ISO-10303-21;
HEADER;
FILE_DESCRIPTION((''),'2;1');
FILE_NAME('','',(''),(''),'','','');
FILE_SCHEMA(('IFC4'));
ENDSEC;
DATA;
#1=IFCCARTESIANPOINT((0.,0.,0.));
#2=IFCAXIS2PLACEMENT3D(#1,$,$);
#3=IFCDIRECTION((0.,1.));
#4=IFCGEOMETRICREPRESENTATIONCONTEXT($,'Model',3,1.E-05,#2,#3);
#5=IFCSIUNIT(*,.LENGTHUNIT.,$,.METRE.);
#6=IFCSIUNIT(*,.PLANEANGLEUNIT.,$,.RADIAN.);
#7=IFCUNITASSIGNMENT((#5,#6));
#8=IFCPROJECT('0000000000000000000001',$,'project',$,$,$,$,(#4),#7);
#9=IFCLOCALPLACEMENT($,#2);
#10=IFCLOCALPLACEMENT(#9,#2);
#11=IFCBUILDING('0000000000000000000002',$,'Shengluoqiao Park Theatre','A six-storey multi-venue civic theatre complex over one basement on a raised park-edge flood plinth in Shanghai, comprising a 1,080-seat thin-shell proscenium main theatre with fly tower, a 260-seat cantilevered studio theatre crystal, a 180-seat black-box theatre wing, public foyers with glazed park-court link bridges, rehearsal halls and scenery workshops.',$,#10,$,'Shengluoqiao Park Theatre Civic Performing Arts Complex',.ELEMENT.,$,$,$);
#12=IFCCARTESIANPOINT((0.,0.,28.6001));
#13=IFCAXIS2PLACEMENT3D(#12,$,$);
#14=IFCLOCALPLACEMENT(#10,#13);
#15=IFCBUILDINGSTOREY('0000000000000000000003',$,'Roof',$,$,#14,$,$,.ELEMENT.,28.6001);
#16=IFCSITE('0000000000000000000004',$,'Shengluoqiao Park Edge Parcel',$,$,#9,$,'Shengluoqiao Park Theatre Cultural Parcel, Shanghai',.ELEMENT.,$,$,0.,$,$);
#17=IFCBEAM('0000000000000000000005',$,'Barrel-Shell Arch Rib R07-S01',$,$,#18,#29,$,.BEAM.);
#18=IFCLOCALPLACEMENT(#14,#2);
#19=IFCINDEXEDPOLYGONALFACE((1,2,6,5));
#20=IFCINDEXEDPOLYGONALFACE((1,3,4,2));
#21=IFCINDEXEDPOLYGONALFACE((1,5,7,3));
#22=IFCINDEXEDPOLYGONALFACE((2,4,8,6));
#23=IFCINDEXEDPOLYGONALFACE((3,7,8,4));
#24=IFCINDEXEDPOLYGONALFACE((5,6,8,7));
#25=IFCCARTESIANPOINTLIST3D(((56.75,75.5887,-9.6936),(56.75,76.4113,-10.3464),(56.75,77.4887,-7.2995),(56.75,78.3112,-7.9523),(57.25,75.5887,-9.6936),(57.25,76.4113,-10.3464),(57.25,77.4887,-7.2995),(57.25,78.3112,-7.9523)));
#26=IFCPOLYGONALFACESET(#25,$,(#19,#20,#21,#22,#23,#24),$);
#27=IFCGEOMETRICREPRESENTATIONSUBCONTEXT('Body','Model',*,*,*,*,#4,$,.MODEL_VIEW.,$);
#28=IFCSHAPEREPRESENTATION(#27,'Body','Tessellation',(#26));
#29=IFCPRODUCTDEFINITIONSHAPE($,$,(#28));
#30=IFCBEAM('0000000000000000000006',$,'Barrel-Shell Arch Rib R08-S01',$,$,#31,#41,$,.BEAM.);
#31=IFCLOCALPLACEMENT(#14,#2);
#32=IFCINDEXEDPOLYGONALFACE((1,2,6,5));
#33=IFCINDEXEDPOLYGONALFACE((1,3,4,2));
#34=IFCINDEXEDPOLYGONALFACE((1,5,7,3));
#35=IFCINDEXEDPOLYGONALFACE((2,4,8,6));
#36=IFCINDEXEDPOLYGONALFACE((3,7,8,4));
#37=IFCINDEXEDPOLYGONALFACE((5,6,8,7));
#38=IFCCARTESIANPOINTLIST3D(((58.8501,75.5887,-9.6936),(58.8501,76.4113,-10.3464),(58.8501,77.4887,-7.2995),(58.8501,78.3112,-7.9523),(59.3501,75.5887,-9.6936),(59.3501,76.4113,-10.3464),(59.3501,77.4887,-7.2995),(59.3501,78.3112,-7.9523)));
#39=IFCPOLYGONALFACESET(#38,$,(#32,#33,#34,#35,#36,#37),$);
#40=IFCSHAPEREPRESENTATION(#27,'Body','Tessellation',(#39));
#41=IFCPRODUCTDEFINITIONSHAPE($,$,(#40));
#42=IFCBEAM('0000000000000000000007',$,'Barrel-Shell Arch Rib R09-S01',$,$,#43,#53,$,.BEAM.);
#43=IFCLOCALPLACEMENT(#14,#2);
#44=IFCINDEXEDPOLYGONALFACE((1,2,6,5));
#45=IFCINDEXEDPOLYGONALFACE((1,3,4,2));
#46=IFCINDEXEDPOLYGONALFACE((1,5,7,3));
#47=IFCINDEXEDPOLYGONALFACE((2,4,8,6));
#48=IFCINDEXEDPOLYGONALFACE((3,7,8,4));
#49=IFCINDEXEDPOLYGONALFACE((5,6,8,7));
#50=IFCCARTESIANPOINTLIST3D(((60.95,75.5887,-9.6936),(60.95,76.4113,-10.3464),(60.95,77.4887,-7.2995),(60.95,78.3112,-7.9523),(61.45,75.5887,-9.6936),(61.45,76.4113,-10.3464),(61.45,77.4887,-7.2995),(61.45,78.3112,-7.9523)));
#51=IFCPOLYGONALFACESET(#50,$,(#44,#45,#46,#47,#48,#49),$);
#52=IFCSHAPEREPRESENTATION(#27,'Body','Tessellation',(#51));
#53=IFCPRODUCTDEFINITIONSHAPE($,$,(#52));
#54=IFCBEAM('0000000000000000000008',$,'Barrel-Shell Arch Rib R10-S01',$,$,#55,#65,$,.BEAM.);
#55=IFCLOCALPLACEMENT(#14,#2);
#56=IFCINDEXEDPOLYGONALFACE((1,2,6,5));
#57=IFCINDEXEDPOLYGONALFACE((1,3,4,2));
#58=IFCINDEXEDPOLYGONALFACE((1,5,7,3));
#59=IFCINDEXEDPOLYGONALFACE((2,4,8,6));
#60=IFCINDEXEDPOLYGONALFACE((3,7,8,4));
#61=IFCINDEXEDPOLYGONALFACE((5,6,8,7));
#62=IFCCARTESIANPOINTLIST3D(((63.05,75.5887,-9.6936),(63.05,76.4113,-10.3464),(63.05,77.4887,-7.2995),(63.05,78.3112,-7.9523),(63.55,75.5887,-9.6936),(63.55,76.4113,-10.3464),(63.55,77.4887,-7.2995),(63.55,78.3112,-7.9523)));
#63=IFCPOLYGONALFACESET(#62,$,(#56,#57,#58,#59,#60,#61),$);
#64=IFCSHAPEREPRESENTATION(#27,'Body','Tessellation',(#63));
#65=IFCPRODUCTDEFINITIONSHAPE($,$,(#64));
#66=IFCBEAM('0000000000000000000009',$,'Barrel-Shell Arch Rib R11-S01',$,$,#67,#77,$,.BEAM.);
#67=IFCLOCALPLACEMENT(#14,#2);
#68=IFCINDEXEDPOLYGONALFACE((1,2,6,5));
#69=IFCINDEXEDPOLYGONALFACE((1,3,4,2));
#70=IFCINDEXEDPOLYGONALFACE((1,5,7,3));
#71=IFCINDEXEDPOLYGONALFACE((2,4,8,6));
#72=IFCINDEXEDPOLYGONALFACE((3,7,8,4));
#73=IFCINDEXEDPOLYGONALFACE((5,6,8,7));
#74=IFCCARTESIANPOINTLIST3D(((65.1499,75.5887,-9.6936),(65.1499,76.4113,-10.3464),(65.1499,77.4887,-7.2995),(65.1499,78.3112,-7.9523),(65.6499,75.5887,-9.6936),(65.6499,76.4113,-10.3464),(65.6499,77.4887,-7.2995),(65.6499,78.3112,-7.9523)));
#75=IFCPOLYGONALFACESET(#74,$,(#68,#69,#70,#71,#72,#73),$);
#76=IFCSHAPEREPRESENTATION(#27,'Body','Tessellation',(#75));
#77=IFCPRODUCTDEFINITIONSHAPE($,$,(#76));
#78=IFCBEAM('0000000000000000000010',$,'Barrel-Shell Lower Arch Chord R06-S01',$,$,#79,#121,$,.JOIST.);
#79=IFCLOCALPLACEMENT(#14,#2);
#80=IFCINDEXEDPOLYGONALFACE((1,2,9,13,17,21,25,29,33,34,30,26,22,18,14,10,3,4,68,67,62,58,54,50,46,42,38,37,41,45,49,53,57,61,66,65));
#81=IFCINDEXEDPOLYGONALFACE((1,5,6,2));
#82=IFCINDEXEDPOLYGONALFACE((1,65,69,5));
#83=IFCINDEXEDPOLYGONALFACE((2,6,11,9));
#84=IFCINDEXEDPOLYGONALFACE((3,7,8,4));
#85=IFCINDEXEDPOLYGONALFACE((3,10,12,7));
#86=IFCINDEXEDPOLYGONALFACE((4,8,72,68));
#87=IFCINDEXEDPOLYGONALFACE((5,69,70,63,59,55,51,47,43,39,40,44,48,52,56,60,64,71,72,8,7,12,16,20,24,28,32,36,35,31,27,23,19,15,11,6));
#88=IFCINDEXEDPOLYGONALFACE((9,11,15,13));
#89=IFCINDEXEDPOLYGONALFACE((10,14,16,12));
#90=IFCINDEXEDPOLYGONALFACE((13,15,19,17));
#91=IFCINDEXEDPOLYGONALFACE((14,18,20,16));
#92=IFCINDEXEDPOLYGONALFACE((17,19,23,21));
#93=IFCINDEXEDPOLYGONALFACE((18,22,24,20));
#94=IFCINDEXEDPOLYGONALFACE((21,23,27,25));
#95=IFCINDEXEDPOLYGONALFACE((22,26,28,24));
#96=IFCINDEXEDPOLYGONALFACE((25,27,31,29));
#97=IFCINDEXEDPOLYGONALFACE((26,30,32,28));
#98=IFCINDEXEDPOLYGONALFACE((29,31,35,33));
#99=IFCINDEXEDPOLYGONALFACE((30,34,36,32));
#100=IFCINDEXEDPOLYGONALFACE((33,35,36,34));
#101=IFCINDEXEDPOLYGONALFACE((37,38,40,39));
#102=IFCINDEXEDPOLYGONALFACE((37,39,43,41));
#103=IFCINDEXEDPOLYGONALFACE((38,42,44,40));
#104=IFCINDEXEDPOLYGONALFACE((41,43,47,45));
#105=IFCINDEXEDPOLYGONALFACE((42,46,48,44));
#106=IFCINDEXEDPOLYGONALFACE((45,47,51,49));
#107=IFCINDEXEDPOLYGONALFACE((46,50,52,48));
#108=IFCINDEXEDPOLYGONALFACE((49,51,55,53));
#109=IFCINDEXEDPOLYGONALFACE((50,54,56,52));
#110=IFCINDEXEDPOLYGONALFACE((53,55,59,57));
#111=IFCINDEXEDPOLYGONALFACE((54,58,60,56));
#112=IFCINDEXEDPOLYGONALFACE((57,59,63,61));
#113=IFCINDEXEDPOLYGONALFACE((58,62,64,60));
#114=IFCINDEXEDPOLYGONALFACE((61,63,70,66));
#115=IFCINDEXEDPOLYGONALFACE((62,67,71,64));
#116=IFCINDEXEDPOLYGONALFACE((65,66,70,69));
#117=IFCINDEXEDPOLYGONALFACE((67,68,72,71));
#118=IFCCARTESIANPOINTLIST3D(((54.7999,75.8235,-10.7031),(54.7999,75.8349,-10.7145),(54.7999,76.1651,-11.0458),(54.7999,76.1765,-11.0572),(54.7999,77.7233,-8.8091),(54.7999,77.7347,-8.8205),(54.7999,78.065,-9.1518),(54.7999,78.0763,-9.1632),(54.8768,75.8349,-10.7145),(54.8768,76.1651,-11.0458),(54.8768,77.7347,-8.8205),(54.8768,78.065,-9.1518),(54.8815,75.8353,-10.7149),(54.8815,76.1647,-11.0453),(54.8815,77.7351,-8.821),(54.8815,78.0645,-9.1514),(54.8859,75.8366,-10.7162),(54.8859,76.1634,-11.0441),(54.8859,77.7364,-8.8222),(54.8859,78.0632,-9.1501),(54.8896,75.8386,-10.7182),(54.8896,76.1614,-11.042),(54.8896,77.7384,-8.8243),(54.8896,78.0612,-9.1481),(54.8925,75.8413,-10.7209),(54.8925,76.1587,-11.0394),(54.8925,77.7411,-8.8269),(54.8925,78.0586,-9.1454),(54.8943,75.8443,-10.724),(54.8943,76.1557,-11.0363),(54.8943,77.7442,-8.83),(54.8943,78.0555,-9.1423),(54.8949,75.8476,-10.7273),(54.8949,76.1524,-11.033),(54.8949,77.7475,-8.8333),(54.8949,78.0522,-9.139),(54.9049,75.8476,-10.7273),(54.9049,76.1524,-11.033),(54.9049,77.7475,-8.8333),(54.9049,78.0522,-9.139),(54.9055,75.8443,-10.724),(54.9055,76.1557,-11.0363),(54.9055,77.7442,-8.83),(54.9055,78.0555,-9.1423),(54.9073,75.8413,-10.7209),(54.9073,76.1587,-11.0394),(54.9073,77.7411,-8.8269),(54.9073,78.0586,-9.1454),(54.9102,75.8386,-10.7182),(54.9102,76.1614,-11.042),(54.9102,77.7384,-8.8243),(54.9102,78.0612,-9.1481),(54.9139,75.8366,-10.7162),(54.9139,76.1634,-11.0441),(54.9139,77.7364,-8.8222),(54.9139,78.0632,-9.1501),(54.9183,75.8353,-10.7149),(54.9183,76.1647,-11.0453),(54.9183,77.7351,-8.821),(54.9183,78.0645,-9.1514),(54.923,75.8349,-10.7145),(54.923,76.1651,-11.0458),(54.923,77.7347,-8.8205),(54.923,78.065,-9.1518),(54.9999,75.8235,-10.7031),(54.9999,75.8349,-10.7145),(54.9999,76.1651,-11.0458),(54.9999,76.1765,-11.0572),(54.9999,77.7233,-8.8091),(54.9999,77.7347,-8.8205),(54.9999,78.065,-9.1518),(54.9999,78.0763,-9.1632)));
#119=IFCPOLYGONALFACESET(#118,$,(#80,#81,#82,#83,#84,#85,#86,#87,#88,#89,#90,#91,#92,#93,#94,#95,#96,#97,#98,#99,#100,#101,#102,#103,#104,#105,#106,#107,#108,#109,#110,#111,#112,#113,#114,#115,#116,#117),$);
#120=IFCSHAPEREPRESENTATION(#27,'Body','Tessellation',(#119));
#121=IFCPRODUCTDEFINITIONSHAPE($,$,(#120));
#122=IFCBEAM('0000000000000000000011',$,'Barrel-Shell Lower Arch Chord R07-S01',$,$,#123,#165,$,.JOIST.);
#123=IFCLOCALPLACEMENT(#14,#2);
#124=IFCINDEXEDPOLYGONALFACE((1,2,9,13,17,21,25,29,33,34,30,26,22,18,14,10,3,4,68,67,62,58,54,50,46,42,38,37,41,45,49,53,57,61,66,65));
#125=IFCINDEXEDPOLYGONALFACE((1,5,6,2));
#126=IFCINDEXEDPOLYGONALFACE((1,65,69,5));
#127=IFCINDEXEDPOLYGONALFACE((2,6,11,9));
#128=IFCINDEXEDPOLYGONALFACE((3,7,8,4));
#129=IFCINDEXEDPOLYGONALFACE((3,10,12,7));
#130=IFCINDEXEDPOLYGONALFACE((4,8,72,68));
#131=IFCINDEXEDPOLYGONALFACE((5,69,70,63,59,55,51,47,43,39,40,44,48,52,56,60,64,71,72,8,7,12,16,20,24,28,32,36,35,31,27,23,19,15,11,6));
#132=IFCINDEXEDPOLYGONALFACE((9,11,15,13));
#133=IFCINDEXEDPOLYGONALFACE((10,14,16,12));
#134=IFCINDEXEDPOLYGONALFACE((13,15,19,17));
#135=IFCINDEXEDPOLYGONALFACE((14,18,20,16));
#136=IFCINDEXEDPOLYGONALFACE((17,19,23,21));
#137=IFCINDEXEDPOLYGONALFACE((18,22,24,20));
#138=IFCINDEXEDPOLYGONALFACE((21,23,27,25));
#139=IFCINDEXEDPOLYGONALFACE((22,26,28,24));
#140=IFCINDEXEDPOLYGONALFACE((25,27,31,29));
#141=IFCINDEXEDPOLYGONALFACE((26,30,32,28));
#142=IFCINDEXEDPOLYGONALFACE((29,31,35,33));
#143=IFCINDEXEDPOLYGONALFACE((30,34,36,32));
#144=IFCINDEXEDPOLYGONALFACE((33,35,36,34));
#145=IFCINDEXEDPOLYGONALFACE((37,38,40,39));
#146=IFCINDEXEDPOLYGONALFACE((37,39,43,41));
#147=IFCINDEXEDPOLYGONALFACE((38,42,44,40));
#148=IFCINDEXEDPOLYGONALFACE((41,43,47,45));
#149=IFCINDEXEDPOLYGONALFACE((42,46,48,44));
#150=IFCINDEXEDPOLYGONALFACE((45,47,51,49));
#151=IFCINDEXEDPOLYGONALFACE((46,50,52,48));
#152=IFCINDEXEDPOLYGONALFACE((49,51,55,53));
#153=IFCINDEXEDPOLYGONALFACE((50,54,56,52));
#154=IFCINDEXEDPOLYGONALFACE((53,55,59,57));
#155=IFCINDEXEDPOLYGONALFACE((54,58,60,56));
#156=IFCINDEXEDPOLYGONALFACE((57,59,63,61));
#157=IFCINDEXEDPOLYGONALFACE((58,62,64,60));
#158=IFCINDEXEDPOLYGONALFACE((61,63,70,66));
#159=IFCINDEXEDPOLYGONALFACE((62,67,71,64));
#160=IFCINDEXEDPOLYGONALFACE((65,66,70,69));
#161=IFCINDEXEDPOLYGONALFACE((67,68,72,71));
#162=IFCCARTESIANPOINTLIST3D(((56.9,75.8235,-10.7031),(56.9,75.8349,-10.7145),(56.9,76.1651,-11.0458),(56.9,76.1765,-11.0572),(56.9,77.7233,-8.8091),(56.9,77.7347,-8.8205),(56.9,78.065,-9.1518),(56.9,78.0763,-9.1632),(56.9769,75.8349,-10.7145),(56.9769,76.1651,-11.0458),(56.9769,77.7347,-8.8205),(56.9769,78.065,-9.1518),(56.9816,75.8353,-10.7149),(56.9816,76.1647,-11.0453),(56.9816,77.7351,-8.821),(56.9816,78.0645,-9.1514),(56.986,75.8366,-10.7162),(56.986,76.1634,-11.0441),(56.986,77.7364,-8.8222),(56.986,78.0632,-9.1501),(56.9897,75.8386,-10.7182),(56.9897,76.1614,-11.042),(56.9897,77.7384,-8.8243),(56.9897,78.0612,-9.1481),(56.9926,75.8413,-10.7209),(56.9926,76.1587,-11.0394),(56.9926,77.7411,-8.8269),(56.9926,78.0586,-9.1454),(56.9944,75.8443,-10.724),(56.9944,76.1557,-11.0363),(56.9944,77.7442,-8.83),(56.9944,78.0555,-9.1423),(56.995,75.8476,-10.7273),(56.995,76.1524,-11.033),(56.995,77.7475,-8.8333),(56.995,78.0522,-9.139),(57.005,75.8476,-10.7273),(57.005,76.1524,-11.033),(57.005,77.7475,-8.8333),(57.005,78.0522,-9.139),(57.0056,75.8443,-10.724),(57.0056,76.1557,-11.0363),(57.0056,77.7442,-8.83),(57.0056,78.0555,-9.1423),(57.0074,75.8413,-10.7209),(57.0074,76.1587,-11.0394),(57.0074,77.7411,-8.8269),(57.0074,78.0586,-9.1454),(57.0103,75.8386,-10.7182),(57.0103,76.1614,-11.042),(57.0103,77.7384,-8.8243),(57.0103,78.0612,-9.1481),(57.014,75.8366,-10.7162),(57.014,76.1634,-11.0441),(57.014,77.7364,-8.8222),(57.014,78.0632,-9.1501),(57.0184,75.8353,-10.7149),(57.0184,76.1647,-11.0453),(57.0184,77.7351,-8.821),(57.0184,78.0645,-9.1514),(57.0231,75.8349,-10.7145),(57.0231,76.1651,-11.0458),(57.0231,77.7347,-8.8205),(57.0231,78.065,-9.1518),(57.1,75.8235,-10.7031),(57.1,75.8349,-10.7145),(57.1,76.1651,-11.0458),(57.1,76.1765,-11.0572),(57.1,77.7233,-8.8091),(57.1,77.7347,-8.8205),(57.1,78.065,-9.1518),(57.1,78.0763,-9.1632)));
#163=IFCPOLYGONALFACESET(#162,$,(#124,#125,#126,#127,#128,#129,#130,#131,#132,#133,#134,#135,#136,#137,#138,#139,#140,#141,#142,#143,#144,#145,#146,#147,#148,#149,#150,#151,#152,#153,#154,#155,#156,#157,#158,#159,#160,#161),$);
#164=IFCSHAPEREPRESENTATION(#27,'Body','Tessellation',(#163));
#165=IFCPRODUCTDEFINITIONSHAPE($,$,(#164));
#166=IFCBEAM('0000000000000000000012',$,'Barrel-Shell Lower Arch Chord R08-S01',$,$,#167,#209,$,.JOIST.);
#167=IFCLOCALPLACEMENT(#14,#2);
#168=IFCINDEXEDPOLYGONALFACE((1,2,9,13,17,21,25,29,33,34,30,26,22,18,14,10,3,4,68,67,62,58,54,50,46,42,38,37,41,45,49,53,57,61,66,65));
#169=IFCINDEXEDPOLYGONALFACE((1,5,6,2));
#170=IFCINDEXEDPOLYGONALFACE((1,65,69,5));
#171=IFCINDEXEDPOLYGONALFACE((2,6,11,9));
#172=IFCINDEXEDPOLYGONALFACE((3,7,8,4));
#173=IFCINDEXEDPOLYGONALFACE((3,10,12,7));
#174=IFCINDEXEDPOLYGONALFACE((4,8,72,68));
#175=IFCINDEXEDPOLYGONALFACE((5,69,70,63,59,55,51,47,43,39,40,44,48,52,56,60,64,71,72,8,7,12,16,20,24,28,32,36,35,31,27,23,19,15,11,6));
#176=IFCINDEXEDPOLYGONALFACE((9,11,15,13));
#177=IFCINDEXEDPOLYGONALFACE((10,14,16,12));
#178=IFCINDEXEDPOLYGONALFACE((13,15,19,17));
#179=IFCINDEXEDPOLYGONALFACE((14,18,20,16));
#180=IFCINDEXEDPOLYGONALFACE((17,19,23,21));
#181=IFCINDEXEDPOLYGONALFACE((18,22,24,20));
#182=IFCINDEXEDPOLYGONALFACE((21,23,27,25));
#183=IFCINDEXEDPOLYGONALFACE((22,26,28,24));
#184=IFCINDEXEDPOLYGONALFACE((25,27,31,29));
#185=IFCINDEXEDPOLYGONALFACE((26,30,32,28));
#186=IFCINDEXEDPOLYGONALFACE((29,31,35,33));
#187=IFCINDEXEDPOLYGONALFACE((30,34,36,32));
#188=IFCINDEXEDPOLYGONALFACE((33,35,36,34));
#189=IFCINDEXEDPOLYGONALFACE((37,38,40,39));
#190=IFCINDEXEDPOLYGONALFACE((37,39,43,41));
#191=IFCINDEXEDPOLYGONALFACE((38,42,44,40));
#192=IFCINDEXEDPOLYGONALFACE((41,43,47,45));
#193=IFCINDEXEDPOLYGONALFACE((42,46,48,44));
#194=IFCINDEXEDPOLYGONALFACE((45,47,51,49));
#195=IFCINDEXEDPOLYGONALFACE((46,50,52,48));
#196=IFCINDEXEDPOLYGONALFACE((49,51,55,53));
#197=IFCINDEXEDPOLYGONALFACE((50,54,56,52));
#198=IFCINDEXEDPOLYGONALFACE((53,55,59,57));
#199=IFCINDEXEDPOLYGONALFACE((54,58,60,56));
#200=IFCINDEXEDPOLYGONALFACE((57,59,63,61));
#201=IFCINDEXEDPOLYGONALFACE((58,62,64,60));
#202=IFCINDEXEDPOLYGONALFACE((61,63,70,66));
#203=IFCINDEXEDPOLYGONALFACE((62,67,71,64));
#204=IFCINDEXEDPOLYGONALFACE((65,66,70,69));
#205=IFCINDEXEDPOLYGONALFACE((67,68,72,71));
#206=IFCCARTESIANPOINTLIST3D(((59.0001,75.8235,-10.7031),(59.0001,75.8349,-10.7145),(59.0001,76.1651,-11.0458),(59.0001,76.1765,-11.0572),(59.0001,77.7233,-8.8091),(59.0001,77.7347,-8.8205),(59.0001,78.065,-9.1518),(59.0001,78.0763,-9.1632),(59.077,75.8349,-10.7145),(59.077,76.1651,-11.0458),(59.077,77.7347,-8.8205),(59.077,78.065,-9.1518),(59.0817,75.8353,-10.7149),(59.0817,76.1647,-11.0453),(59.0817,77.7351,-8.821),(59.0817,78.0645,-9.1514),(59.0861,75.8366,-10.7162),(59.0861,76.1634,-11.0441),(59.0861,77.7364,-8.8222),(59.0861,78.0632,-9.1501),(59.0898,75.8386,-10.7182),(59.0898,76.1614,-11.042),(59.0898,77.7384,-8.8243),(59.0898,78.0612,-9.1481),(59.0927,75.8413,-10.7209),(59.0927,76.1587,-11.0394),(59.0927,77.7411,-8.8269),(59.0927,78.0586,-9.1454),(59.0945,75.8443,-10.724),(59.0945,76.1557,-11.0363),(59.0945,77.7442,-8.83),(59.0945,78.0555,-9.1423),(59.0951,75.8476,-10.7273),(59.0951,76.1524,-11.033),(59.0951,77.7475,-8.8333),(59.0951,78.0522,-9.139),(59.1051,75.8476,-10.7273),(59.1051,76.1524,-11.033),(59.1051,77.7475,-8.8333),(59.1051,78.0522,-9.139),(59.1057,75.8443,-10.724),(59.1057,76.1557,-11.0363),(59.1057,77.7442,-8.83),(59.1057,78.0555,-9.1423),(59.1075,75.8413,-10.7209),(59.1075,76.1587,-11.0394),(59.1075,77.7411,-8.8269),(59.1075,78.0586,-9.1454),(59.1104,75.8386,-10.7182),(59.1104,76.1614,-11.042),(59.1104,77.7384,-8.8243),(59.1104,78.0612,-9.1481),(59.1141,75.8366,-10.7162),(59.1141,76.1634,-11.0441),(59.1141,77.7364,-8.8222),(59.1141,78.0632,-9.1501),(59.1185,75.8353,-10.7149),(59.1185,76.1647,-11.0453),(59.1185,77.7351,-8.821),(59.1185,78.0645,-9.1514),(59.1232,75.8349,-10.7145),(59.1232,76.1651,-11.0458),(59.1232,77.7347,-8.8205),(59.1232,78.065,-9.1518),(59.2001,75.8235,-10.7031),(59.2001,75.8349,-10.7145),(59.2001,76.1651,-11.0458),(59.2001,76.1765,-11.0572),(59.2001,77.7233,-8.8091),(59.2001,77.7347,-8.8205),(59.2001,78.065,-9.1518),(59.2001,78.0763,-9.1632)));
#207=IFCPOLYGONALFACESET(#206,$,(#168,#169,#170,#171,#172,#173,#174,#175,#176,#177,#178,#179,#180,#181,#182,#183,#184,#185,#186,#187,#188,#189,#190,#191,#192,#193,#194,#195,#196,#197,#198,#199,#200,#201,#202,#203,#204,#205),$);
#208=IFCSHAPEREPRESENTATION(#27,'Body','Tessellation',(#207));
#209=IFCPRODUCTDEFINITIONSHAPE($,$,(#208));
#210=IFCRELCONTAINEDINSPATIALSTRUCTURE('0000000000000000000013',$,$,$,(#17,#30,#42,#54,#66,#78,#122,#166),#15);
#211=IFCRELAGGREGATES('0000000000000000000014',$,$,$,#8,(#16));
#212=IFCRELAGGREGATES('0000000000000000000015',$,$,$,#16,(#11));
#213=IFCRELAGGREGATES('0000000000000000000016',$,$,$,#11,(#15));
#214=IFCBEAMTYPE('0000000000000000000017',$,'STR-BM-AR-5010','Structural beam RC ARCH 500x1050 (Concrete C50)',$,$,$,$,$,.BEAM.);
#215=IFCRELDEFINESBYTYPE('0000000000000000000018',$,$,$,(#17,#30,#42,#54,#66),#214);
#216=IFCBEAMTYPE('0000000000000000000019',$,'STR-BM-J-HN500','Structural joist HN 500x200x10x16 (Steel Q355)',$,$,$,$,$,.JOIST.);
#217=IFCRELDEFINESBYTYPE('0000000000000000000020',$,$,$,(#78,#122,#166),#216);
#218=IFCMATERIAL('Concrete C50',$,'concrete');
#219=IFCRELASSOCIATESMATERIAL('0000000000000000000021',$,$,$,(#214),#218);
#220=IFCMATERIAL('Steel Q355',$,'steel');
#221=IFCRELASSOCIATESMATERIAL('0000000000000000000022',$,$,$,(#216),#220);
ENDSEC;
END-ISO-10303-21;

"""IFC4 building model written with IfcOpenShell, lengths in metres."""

from ifc_helpers import new_model, si_unit, direction, frame, origin, origin_2d, place, context, subcontext, project, spatial, rectangle, i_section, extrude, material, material_profile, profile_set, type_object, element, save


model = new_model("IFC4")

# Units and contexts
model_context = context("Model", 3, precision=1e-05, world=origin(), true_north=direction((0.0, 1.0)))
body_context = subcontext(model_context, "Body", "Model", "MODEL_VIEW")
ifc_project = project(units=[si_unit("LENGTHUNIT", "METRE"), si_unit("PLANEANGLEUNIT", "RADIAN")], contexts=[model_context])

# Site, building, storey
site_placement = place(None, origin())
site = spatial("IfcSite", under=ifc_project, at=site_placement, Name="Shengluoqiao Park Edge Parcel", LongName="Shengluoqiao Park Theatre Cultural Parcel, Shanghai", CompositionType="ELEMENT", RefElevation=0.0)
building_placement = place(site_placement, origin())
building = spatial("IfcBuilding", under=site, at=building_placement, Name="Shengluoqiao Park Theatre", Description="A six-storey multi-venue civic theatre complex over one basement on a raised park-edge flood plinth in Shanghai, comprising a 1,080-seat thin-shell proscenium main theatre with fly tower, a 260-seat cantilevered studio theatre crystal, a 180-seat black-box theatre wing, public foyers with glazed park-court link bridges, rehearsal halls and scenery workshops.", LongName="Shengluoqiao Park Theatre Civic Performing Arts Complex", CompositionType="ELEMENT")
storey_placement = place(building_placement, frame((0.0, 0.0, 28.6001)))
storey = spatial("IfcBuildingStorey", under=building, at=storey_placement, Name="Roof", CompositionType="ELEMENT", Elevation=28.6001)

# Beams
ifc_material_1 = material(Name="Concrete C50", Category="concrete")
ifc_material_profile_1 = material_profile(ifc_material_1, rectangle(XDim=0.5, YDim=1.05, at=origin_2d()), Name="RC ARCH 500x1050")
ifc_profile_set_1 = profile_set([ifc_material_profile_1], Name="Concrete C50")
beam_type_1 = type_object("IfcBeamType", Name="STR-BM-AR-5010", Description="Structural beam RC ARCH 500x1050 (Concrete C50)", PredefinedType="BEAM", material=ifc_profile_set_1)
for number, where, z_axis, x_axis, name in (
    (1, (57.0, 76.0, -10.02), (0.0, 0.621631, 0.78331), (-1.0, 0.0, 0.0), "Barrel-Shell Arch Rib R07-S01"),
    (2, (59.1001, 76.0, -10.02), (0.0, 0.621631, 0.78331), (-1.0, 0.0, 0.0), "Barrel-Shell Arch Rib R08-S01"),
    (3, (61.2, 76.0, -10.02), (0.0, 0.621631, 0.78331), (-1.0, 0.0, 0.0), "Barrel-Shell Arch Rib R09-S01"),
    (4, (63.3, 76.0, -10.02), (0.0, 0.621631, 0.78331), (-1.0, 0.0, 0.0), "Barrel-Shell Arch Rib R10-S01"),
    (5, (65.3999, 76.0, -10.02), (0.0, 0.621631, 0.78331), (-1.0, 0.0, 0.0), "Barrel-Shell Arch Rib R11-S01"),
):
    element("IfcBeam", number, at=place(storey_placement, frame(where, z_axis=z_axis, x_axis=x_axis)), inside=storey, type_object=beam_type_1, Name=name, PredefinedType="BEAM", context=body_context, shape_type="SweptSolid", body=[
        extrude(rectangle(XDim=0.5, YDim=1.05, at=origin_2d()), origin(), (0.0, 0.0, 1.0), 3.0564),
    ])
ifc_material_2 = material(Name="Steel Q355", Category="steel")
ifc_material_profile_2 = material_profile(ifc_material_2, i_section(OverallWidth=0.2, OverallDepth=0.5, WebThickness=0.01, FlangeThickness=0.0161, FilletRadius=0.0181, at=origin_2d()), Name="HN 500x200x10x16")
ifc_profile_set_2 = profile_set([ifc_material_profile_2], Name="Steel Q355")
beam_type_2 = type_object("IfcBeamType", Name="STR-BM-J-HN500", Description="Structural joist HN 500x200x10x16 (Steel Q355)", PredefinedType="JOIST", material=ifc_profile_set_2)
for number, where, z_axis, x_axis, name in (
    (6, (54.8999, 76.0, -10.8801), (0.0, 0.708198, 0.706014), (-1.0, 0.0, 0.0), "Barrel-Shell Lower Arch Chord R06-S01"),
    (7, (57.0, 76.0, -10.8801), (0.0, 0.708198, 0.706014), (-1.0, 0.0, 0.0), "Barrel-Shell Lower Arch Chord R07-S01"),
    (8, (59.1001, 76.0, -10.8801), (0.0, 0.708198, 0.706014), (-1.0, 0.0, 0.0), "Barrel-Shell Lower Arch Chord R08-S01"),
):
    element("IfcBeam", number, at=place(storey_placement, frame(where, z_axis=z_axis, x_axis=x_axis)), inside=storey, type_object=beam_type_2, Name=name, PredefinedType="JOIST", context=body_context, shape_type="SweptSolid", body=[
        extrude(i_section(OverallWidth=0.2, OverallDepth=0.5, WebThickness=0.01, FlangeThickness=0.0161, FilletRadius=0.0181, at=origin_2d()), origin(), (0.0, 0.0, 1.0), 2.6826),
    ])

save(model, "model.ifc")
